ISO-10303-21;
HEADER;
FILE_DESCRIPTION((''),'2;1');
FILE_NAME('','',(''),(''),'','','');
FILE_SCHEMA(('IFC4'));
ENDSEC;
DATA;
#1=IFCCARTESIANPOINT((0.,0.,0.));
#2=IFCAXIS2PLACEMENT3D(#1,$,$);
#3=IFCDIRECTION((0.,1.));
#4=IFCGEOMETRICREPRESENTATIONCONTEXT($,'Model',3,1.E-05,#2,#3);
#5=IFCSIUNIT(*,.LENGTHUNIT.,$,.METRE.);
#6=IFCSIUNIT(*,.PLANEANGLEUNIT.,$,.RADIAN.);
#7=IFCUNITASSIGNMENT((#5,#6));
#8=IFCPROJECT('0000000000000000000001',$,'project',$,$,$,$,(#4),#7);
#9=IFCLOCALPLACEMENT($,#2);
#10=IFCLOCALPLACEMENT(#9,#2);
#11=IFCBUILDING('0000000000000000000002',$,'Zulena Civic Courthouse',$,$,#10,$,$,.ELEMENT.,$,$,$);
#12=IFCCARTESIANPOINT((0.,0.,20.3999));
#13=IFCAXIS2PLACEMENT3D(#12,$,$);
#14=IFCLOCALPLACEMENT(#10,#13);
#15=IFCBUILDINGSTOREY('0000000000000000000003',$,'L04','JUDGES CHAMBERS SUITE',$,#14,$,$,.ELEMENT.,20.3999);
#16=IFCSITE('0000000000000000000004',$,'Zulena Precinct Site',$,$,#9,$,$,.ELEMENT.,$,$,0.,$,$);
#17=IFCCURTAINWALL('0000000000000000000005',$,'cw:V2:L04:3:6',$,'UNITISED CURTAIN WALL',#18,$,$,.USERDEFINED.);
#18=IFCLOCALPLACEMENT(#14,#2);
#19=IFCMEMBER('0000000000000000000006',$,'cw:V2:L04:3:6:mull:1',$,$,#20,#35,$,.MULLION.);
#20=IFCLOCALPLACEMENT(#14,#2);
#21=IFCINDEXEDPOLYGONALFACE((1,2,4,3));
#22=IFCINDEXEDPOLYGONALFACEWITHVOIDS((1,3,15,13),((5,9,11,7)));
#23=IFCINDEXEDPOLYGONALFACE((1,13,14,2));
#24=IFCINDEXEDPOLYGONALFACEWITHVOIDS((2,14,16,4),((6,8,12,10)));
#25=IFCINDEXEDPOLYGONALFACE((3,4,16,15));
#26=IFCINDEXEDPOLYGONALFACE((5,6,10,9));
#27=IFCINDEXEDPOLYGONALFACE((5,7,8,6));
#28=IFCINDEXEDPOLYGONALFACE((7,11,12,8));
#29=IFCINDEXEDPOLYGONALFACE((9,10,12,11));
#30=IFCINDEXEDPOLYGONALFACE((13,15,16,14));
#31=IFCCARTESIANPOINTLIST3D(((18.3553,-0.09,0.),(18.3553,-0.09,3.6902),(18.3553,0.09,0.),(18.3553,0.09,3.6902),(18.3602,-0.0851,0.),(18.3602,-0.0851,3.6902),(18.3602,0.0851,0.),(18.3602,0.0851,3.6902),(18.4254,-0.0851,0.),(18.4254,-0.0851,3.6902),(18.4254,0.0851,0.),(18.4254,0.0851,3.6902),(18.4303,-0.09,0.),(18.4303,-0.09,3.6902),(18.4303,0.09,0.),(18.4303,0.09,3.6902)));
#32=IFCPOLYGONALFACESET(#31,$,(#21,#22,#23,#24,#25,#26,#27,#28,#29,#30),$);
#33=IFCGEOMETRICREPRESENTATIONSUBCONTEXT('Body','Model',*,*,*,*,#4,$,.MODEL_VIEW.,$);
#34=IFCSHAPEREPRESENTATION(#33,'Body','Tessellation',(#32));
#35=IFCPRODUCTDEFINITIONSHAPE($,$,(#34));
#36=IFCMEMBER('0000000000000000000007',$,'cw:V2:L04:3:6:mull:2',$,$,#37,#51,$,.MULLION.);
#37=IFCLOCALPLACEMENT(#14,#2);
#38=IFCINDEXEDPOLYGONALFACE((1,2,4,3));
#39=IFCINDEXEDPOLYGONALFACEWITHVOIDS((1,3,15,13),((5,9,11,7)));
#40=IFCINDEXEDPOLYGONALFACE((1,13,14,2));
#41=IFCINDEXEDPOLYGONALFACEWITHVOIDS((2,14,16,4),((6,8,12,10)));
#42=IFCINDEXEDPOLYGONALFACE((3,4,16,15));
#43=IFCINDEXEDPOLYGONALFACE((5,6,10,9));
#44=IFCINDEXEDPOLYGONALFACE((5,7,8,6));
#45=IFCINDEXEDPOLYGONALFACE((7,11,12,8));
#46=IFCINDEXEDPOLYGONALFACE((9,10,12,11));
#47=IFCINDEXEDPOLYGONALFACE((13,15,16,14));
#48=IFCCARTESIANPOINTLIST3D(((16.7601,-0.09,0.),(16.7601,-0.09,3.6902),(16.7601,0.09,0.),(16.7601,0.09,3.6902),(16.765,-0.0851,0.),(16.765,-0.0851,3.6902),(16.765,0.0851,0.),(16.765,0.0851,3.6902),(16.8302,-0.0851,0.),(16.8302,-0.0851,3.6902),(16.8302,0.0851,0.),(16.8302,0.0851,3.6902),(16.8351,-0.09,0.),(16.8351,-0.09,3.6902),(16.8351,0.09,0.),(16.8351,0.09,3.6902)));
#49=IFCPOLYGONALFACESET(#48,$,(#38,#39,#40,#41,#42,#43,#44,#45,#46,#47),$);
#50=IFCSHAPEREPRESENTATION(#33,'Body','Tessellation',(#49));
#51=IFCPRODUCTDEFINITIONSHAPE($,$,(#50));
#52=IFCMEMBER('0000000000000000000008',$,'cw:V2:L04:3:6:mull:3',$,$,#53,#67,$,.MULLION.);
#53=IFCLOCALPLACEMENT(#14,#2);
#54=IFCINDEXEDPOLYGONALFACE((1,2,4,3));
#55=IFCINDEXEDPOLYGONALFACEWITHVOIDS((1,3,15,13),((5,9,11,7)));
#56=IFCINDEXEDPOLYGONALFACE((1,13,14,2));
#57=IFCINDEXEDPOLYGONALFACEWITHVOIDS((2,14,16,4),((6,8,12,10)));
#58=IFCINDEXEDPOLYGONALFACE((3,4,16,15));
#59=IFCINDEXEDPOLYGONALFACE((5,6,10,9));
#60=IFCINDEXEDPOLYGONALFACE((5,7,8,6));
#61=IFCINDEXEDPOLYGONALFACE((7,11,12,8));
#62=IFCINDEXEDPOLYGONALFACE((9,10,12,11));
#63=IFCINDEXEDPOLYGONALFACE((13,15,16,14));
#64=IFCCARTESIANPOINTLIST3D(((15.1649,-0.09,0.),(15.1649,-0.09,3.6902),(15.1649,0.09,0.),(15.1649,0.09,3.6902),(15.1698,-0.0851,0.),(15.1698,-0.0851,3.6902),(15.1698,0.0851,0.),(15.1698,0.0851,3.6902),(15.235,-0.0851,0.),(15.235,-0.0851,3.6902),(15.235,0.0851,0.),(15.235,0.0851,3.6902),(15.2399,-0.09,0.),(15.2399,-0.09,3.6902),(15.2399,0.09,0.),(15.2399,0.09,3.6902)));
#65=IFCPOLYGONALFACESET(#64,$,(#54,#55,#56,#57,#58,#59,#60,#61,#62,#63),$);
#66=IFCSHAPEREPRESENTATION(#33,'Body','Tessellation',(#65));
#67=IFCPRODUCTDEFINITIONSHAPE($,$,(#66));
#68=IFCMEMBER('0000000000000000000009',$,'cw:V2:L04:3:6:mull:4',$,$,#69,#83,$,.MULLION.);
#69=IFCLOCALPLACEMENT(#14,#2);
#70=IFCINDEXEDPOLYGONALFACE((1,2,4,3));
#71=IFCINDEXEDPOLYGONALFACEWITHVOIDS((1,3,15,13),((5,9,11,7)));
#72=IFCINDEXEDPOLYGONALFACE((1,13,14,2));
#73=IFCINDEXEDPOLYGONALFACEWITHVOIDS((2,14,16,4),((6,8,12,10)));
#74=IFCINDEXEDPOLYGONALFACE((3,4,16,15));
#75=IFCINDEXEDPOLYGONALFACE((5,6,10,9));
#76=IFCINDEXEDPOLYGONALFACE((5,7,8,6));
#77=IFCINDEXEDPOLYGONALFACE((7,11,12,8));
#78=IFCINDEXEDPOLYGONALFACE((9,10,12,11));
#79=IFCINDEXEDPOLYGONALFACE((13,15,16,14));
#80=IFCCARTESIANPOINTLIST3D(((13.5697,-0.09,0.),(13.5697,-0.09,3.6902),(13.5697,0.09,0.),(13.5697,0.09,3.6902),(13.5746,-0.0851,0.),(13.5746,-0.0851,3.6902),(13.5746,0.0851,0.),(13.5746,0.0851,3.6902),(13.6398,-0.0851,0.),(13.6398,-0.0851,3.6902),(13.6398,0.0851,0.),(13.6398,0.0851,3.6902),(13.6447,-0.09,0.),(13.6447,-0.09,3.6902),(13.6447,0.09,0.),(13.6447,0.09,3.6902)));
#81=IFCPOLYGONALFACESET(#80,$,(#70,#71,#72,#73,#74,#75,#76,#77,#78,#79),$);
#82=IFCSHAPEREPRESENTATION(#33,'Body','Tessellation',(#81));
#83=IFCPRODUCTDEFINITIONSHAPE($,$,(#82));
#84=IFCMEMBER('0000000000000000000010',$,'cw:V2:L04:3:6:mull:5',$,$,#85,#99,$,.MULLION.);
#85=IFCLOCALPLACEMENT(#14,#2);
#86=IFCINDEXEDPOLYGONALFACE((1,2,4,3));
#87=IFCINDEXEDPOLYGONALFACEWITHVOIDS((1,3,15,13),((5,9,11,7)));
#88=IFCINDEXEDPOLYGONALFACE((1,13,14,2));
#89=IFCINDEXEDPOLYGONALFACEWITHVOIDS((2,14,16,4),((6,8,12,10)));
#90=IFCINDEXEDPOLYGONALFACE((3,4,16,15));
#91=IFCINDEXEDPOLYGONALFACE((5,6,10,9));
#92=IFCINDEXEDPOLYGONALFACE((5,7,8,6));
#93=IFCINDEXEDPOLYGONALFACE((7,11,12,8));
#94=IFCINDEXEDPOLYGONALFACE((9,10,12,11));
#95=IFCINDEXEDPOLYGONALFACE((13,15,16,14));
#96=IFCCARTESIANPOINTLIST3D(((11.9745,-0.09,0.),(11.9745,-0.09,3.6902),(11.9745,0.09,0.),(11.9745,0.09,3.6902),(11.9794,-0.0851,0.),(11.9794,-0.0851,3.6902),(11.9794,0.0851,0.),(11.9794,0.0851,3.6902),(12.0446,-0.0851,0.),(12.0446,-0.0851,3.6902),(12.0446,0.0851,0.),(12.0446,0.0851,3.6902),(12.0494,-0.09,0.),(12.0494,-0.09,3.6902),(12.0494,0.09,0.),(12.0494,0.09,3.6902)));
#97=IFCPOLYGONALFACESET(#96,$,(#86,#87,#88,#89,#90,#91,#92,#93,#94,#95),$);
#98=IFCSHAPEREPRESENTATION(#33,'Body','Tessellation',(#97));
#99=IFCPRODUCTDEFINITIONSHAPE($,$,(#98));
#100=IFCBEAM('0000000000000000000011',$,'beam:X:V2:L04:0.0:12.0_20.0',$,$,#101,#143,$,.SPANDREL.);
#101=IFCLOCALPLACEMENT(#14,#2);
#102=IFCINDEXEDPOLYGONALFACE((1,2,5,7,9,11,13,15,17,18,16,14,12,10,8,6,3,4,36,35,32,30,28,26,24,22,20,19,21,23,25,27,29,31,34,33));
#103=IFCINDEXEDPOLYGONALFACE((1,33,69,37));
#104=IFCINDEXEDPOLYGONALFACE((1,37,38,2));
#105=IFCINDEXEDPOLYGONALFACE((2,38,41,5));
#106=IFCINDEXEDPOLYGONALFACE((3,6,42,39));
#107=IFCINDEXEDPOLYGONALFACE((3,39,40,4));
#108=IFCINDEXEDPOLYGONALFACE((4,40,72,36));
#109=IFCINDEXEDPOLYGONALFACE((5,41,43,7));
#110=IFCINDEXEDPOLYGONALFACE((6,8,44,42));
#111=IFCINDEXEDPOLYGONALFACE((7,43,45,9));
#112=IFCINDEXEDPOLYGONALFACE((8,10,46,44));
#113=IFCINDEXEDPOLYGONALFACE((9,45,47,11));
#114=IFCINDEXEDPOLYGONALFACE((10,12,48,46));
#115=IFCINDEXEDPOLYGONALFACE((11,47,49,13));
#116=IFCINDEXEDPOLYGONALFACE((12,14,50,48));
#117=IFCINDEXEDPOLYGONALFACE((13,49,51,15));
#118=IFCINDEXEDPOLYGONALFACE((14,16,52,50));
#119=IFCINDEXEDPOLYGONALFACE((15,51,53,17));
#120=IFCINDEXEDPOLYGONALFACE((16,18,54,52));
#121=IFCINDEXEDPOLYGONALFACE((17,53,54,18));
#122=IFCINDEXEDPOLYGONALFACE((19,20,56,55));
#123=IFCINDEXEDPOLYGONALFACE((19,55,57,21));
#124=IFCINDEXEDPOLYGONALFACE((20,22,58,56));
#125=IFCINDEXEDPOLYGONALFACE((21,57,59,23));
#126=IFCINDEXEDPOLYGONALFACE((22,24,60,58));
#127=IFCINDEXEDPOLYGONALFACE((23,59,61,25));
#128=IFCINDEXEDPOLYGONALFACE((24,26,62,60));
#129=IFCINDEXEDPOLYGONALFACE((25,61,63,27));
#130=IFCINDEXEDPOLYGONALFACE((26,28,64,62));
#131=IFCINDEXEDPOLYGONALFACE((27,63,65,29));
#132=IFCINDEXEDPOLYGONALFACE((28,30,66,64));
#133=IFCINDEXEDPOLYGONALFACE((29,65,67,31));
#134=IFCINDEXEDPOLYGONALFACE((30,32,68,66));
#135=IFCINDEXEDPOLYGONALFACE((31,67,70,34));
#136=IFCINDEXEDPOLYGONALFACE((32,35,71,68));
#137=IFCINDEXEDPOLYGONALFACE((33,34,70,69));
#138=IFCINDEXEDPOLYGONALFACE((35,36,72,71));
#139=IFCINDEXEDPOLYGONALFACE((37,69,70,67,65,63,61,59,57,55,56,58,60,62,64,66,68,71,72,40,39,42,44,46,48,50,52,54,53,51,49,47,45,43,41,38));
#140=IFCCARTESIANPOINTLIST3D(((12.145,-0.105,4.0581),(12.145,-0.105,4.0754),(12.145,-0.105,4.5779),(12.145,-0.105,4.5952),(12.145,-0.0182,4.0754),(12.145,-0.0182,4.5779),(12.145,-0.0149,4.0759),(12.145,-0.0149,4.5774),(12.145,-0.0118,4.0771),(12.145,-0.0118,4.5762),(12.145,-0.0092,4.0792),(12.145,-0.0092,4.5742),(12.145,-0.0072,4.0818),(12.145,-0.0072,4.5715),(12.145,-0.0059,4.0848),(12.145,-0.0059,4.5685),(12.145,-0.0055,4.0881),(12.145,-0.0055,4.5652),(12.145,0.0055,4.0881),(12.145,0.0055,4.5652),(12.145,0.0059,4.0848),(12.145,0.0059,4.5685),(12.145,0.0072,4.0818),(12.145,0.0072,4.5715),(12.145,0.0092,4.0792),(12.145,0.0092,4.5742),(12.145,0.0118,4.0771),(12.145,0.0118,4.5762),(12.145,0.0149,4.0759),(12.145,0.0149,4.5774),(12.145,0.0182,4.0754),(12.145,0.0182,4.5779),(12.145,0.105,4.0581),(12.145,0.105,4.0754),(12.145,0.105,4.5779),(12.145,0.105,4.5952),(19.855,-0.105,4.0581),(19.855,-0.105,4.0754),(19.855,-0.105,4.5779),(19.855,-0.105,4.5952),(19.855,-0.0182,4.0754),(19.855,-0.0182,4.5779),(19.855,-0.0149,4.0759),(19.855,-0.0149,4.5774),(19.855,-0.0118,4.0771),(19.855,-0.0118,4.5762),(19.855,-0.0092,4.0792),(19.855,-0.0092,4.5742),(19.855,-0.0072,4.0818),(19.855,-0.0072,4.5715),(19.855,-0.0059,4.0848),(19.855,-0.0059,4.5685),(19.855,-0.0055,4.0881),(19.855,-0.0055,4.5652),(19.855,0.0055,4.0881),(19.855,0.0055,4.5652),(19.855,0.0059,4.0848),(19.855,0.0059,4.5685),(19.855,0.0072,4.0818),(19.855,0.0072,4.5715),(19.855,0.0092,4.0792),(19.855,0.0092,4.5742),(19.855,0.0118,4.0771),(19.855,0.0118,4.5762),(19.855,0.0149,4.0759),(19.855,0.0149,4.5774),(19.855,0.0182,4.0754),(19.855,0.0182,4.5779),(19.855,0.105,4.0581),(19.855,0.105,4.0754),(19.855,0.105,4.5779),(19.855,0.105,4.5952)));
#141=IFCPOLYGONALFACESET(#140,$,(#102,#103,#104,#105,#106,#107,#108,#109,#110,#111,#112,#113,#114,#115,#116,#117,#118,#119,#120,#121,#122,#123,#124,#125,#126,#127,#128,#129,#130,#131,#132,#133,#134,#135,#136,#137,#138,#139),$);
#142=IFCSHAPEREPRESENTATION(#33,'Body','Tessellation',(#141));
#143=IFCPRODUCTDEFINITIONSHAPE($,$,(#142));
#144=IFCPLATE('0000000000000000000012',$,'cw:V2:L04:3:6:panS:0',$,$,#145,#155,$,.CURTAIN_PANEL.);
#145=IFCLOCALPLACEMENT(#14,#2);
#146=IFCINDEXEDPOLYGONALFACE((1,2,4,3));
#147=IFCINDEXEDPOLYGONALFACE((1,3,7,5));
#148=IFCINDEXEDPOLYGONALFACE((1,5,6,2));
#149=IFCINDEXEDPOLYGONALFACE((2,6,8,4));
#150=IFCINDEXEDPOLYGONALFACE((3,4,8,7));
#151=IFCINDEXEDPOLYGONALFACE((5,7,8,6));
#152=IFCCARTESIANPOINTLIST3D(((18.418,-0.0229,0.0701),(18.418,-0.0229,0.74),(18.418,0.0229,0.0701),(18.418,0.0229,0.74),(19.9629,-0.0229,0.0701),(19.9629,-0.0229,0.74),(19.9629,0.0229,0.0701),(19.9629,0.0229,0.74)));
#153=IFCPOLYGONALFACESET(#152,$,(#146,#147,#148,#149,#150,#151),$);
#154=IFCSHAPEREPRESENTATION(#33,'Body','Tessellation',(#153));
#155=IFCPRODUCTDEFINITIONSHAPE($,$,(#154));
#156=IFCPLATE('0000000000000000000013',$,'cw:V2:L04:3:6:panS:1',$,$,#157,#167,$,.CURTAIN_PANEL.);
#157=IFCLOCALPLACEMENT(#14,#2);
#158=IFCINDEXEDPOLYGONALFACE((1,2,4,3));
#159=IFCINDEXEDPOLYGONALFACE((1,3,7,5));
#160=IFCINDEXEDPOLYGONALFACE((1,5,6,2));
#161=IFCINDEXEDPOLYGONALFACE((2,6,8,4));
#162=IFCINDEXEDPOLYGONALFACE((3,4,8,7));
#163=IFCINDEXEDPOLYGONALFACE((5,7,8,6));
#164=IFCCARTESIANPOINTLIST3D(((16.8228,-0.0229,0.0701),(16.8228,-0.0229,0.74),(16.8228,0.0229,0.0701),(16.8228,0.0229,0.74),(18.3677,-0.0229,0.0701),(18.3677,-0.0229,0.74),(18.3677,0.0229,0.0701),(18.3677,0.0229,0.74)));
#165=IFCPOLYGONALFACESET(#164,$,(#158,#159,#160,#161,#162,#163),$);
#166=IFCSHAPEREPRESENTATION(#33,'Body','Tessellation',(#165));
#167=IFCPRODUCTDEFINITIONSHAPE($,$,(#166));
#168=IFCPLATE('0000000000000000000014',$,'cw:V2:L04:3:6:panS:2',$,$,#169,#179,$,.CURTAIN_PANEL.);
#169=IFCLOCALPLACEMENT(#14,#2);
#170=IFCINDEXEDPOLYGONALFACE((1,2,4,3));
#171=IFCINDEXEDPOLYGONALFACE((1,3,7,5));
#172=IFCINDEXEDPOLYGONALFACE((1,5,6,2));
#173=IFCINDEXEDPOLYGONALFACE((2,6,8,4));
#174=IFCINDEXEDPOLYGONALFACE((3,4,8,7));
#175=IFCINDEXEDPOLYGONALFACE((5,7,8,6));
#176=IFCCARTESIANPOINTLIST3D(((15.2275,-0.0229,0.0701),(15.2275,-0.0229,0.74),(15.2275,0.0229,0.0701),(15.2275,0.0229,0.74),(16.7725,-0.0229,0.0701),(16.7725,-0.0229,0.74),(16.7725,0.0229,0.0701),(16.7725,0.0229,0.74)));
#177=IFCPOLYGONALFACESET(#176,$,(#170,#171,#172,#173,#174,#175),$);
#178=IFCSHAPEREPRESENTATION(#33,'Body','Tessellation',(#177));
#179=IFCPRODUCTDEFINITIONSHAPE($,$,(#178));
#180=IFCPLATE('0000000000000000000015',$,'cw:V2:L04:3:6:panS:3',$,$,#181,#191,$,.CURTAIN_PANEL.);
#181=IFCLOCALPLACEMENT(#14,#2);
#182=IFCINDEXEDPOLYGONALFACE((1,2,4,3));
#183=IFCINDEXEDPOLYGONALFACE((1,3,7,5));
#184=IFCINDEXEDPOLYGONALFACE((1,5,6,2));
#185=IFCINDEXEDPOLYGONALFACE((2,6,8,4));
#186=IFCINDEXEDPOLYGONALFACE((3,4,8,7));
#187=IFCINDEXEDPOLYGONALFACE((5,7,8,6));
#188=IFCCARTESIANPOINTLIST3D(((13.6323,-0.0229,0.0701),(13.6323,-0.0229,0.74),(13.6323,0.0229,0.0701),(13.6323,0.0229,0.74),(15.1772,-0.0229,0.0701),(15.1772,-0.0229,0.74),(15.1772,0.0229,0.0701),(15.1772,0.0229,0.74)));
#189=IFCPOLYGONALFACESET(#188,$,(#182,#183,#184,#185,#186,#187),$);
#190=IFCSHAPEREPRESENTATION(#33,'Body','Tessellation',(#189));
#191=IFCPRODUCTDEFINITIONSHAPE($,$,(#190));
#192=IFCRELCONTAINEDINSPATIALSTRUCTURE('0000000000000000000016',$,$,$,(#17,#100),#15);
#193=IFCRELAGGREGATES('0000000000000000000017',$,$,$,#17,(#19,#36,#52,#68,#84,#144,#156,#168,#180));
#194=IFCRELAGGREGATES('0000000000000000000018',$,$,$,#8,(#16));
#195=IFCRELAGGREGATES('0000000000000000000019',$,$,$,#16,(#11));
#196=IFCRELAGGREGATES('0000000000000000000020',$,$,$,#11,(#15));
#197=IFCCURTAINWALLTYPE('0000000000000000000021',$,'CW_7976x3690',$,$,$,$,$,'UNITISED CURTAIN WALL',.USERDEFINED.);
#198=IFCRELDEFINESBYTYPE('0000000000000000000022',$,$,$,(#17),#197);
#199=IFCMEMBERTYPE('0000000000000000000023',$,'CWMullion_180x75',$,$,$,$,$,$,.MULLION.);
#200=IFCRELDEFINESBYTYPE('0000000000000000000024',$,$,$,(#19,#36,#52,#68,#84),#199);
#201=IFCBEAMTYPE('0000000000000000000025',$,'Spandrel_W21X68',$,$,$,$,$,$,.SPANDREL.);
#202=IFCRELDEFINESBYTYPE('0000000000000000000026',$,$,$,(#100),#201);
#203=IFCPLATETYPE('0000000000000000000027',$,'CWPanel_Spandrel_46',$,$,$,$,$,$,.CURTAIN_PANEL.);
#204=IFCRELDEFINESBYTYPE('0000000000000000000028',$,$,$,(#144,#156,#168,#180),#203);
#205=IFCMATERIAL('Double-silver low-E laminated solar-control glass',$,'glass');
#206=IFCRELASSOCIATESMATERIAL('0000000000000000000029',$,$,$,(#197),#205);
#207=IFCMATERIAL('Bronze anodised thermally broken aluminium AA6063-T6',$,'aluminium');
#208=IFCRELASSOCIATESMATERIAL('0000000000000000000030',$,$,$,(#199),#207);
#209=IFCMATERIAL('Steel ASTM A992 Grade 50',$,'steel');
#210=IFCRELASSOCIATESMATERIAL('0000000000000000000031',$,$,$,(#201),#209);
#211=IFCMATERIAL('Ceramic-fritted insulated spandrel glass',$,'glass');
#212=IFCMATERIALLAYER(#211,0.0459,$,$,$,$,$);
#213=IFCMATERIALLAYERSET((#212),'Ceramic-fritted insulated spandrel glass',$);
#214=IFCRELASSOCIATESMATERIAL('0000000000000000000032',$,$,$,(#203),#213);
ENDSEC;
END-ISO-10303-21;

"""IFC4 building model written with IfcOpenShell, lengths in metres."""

from ifc_helpers import new_model, si_unit, direction, frame, origin, origin_2d, place, context, subcontext, project, spatial, rectangle, hollow_rectangle, i_section, extrude, material, layer, layer_set, material_profile, profile_set, type_object, element, aggregate, save


model = new_model("IFC4")

# Units and contexts
model_context = context("Model", 3, precision=1e-05, world=origin(), true_north=direction((0.0, 1.0)))
body_context = subcontext(model_context, "Body", "Model", "MODEL_VIEW")
ifc_project = project(units=[si_unit("LENGTHUNIT", "METRE"), si_unit("PLANEANGLEUNIT", "RADIAN")], contexts=[model_context])

# Site, building, storey
site_placement = place(None, origin())
site = spatial("IfcSite", under=ifc_project, at=site_placement, Name="Zulena Precinct Site", CompositionType="ELEMENT", RefElevation=0.0)
building_placement = place(site_placement, origin())
building = spatial("IfcBuilding", under=site, at=building_placement, Name="Zulena Civic Courthouse", CompositionType="ELEMENT")
storey_placement = place(building_placement, frame((0.0, 0.0, 20.3999)))
storey = spatial("IfcBuildingStorey", under=building, at=storey_placement, Name="L04", Description="JUDGES CHAMBERS SUITE", CompositionType="ELEMENT", Elevation=20.3999)

# Curtain wall, members
ifc_material_1 = material(Name="Double-silver low-E laminated solar-control glass", Category="glass")
curtain_wall_type = type_object("IfcCurtainWallType", Name="CW_7976x3690", ElementType="UNITISED CURTAIN WALL", PredefinedType="USERDEFINED", material=ifc_material_1)
curtain_wall_placement = place(storey_placement, origin())
curtain_wall = element("IfcCurtainWall", 1, at=curtain_wall_placement, inside=storey, type_object=curtain_wall_type, Name="cw:V2:L04:3:6", ObjectType="UNITISED CURTAIN WALL", PredefinedType="USERDEFINED")
ifc_material_2 = material(Name="Bronze anodised thermally broken aluminium AA6063-T6", Category="aluminium")
ifc_material_profile_1 = material_profile(ifc_material_2, hollow_rectangle(XDim=0.075, YDim=0.1799, WallThickness=0.0049, at=origin_2d()), Name="CWM180X75X5")
ifc_profile_set_1 = profile_set([ifc_material_profile_1], Name="Bronze anodised thermally broken aluminium AA6063-T6")
member_type = type_object("IfcMemberType", Name="CWMullion_180x75", PredefinedType="MULLION", material=ifc_profile_set_1)
member_1_placement = place(storey_placement, frame((18.3928, 0.0, 0.0), z_axis=(0.0, 0.0, 1.0), x_axis=(1.0, 0.0, 0.0)))
member_1 = element("IfcMember", 2, at=member_1_placement, type_object=member_type, Name="cw:V2:L04:3:6:mull:1", PredefinedType="MULLION", context=body_context, shape_type="SweptSolid", body=[
    extrude(hollow_rectangle(XDim=0.075, YDim=0.1799, WallThickness=0.0049, at=origin_2d()), origin(), (0.0, 0.0, 1.0), 3.6902),
])
member_2_placement = place(storey_placement, frame((16.7976, 0.0, 0.0), z_axis=(0.0, 0.0, 1.0), x_axis=(1.0, 0.0, 0.0)))
member_2 = element("IfcMember", 3, at=member_2_placement, type_object=member_type, Name="cw:V2:L04:3:6:mull:2", PredefinedType="MULLION", context=body_context, shape_type="SweptSolid", body=[
    extrude(hollow_rectangle(XDim=0.075, YDim=0.1799, WallThickness=0.0049, at=origin_2d()), origin(), (0.0, 0.0, 1.0), 3.6902),
])
member_3_placement = place(storey_placement, frame((15.2024, 0.0, 0.0), z_axis=(0.0, 0.0, 1.0), x_axis=(1.0, 0.0, 0.0)))
member_3 = element("IfcMember", 4, at=member_3_placement, type_object=member_type, Name="cw:V2:L04:3:6:mull:3", PredefinedType="MULLION", context=body_context, shape_type="SweptSolid", body=[
    extrude(hollow_rectangle(XDim=0.075, YDim=0.1799, WallThickness=0.0049, at=origin_2d()), origin(), (0.0, 0.0, 1.0), 3.6902),
])
member_4_placement = place(storey_placement, frame((13.6072, 0.0, 0.0), z_axis=(0.0, 0.0, 1.0), x_axis=(1.0, 0.0, 0.0)))
member_4 = element("IfcMember", 5, at=member_4_placement, type_object=member_type, Name="cw:V2:L04:3:6:mull:4", PredefinedType="MULLION", context=body_context, shape_type="SweptSolid", body=[
    extrude(hollow_rectangle(XDim=0.075, YDim=0.1799, WallThickness=0.0049, at=origin_2d()), origin(), (0.0, 0.0, 1.0), 3.6902),
])
member_5_placement = place(storey_placement, frame((12.012, 0.0, 0.0), z_axis=(0.0, 0.0, 1.0), x_axis=(1.0, 0.0, 0.0)))
member_5 = element("IfcMember", 6, at=member_5_placement, type_object=member_type, Name="cw:V2:L04:3:6:mull:5", PredefinedType="MULLION", context=body_context, shape_type="SweptSolid", body=[
    extrude(hollow_rectangle(XDim=0.075, YDim=0.1799, WallThickness=0.0049, at=origin_2d()), origin(), (0.0, 0.0, 1.0), 3.6902),
])

# Beam
ifc_material_3 = material(Name="Steel ASTM A992 Grade 50", Category="steel")
ifc_material_profile_2 = material_profile(ifc_material_3, i_section(OverallWidth=0.21, OverallDepth=0.5371, WebThickness=0.011, FlangeThickness=0.0173, FilletRadius=0.0127, at=origin_2d()), Name="W21X68")
ifc_profile_set_2 = profile_set([ifc_material_profile_2], Name="Steel ASTM A992 Grade 50")
beam_type = type_object("IfcBeamType", Name="Spandrel_W21X68", PredefinedType="SPANDREL", material=ifc_profile_set_2)
beam_placement = place(storey_placement, frame((12.145, 0.0, 4.3267), z_axis=(1.0, 0.0, 0.0), x_axis=(0.0, 1.0, 0.0)))
element("IfcBeam", 7, at=beam_placement, inside=storey, type_object=beam_type, Name="beam:X:V2:L04:0.0:12.0_20.0", PredefinedType="SPANDREL", context=body_context, shape_type="SweptSolid", body=[
    extrude(i_section(OverallWidth=0.21, OverallDepth=0.5371, WebThickness=0.011, FlangeThickness=0.0173, FilletRadius=0.0127, at=origin_2d()), origin(), (0.0, 0.0, 1.0), 7.71),
])

# Plates
ifc_material_4 = material(Name="Ceramic-fritted insulated spandrel glass", Category="glass")
ifc_layer_1 = layer(ifc_material_4, 0.0459)
ifc_layer_set_1 = layer_set([ifc_layer_1], Name="Ceramic-fritted insulated spandrel glass")
plate_type_1 = type_object("IfcPlateType", Name="CWPanel_Spandrel_46", PredefinedType="CURTAIN_PANEL", material=ifc_layer_set_1)
plate_1_placement = place(storey_placement, frame((19.1904, 0.0, 0.0701), z_axis=(0.0, 0.0, 1.0), x_axis=(-1.0, 0.0, 0.0)))
plate_1 = element("IfcPlate", 8, at=plate_1_placement, type_object=plate_type_1, Name="cw:V2:L04:3:6:panS:0", PredefinedType="CURTAIN_PANEL", context=body_context, shape_type="SweptSolid", body=[
    extrude(rectangle(XDim=1.5449, YDim=0.0459, at=origin_2d()), origin(), (0.0, 0.0, 1.0), 0.6699),
])
plate_2_placement = place(storey_placement, frame((17.5952, 0.0, 0.0701), z_axis=(0.0, 0.0, 1.0), x_axis=(-1.0, 0.0, 0.0)))
plate_2 = element("IfcPlate", 9, at=plate_2_placement, type_object=plate_type_1, Name="cw:V2:L04:3:6:panS:1", PredefinedType="CURTAIN_PANEL", context=body_context, shape_type="SweptSolid", body=[
    extrude(rectangle(XDim=1.5449, YDim=0.0459, at=origin_2d()), origin(), (0.0, 0.0, 1.0), 0.6699),
])
plate_3_placement = place(storey_placement, frame((16.0, 0.0, 0.0701), z_axis=(0.0, 0.0, 1.0), x_axis=(-1.0, 0.0, 0.0)))
plate_3 = element("IfcPlate", 10, at=plate_3_placement, type_object=plate_type_1, Name="cw:V2:L04:3:6:panS:2", PredefinedType="CURTAIN_PANEL", context=body_context, shape_type="SweptSolid", body=[
    extrude(rectangle(XDim=1.5449, YDim=0.0459, at=origin_2d()), origin(), (0.0, 0.0, 1.0), 0.6699),
])
plate_4_placement = place(storey_placement, frame((14.4048, 0.0, 0.0701), z_axis=(0.0, 0.0, 1.0), x_axis=(-1.0, 0.0, 0.0)))
plate_4 = element("IfcPlate", 11, at=plate_4_placement, type_object=plate_type_1, Name="cw:V2:L04:3:6:panS:3", PredefinedType="CURTAIN_PANEL", context=body_context, shape_type="SweptSolid", body=[
    extrude(rectangle(XDim=1.5449, YDim=0.0459, at=origin_2d()), origin(), (0.0, 0.0, 1.0), 0.6699),
])
aggregate(curtain_wall, [member_1, member_2, member_3, member_4, member_5, plate_1, plate_2, plate_3, plate_4])

save(model, "model.ifc")
